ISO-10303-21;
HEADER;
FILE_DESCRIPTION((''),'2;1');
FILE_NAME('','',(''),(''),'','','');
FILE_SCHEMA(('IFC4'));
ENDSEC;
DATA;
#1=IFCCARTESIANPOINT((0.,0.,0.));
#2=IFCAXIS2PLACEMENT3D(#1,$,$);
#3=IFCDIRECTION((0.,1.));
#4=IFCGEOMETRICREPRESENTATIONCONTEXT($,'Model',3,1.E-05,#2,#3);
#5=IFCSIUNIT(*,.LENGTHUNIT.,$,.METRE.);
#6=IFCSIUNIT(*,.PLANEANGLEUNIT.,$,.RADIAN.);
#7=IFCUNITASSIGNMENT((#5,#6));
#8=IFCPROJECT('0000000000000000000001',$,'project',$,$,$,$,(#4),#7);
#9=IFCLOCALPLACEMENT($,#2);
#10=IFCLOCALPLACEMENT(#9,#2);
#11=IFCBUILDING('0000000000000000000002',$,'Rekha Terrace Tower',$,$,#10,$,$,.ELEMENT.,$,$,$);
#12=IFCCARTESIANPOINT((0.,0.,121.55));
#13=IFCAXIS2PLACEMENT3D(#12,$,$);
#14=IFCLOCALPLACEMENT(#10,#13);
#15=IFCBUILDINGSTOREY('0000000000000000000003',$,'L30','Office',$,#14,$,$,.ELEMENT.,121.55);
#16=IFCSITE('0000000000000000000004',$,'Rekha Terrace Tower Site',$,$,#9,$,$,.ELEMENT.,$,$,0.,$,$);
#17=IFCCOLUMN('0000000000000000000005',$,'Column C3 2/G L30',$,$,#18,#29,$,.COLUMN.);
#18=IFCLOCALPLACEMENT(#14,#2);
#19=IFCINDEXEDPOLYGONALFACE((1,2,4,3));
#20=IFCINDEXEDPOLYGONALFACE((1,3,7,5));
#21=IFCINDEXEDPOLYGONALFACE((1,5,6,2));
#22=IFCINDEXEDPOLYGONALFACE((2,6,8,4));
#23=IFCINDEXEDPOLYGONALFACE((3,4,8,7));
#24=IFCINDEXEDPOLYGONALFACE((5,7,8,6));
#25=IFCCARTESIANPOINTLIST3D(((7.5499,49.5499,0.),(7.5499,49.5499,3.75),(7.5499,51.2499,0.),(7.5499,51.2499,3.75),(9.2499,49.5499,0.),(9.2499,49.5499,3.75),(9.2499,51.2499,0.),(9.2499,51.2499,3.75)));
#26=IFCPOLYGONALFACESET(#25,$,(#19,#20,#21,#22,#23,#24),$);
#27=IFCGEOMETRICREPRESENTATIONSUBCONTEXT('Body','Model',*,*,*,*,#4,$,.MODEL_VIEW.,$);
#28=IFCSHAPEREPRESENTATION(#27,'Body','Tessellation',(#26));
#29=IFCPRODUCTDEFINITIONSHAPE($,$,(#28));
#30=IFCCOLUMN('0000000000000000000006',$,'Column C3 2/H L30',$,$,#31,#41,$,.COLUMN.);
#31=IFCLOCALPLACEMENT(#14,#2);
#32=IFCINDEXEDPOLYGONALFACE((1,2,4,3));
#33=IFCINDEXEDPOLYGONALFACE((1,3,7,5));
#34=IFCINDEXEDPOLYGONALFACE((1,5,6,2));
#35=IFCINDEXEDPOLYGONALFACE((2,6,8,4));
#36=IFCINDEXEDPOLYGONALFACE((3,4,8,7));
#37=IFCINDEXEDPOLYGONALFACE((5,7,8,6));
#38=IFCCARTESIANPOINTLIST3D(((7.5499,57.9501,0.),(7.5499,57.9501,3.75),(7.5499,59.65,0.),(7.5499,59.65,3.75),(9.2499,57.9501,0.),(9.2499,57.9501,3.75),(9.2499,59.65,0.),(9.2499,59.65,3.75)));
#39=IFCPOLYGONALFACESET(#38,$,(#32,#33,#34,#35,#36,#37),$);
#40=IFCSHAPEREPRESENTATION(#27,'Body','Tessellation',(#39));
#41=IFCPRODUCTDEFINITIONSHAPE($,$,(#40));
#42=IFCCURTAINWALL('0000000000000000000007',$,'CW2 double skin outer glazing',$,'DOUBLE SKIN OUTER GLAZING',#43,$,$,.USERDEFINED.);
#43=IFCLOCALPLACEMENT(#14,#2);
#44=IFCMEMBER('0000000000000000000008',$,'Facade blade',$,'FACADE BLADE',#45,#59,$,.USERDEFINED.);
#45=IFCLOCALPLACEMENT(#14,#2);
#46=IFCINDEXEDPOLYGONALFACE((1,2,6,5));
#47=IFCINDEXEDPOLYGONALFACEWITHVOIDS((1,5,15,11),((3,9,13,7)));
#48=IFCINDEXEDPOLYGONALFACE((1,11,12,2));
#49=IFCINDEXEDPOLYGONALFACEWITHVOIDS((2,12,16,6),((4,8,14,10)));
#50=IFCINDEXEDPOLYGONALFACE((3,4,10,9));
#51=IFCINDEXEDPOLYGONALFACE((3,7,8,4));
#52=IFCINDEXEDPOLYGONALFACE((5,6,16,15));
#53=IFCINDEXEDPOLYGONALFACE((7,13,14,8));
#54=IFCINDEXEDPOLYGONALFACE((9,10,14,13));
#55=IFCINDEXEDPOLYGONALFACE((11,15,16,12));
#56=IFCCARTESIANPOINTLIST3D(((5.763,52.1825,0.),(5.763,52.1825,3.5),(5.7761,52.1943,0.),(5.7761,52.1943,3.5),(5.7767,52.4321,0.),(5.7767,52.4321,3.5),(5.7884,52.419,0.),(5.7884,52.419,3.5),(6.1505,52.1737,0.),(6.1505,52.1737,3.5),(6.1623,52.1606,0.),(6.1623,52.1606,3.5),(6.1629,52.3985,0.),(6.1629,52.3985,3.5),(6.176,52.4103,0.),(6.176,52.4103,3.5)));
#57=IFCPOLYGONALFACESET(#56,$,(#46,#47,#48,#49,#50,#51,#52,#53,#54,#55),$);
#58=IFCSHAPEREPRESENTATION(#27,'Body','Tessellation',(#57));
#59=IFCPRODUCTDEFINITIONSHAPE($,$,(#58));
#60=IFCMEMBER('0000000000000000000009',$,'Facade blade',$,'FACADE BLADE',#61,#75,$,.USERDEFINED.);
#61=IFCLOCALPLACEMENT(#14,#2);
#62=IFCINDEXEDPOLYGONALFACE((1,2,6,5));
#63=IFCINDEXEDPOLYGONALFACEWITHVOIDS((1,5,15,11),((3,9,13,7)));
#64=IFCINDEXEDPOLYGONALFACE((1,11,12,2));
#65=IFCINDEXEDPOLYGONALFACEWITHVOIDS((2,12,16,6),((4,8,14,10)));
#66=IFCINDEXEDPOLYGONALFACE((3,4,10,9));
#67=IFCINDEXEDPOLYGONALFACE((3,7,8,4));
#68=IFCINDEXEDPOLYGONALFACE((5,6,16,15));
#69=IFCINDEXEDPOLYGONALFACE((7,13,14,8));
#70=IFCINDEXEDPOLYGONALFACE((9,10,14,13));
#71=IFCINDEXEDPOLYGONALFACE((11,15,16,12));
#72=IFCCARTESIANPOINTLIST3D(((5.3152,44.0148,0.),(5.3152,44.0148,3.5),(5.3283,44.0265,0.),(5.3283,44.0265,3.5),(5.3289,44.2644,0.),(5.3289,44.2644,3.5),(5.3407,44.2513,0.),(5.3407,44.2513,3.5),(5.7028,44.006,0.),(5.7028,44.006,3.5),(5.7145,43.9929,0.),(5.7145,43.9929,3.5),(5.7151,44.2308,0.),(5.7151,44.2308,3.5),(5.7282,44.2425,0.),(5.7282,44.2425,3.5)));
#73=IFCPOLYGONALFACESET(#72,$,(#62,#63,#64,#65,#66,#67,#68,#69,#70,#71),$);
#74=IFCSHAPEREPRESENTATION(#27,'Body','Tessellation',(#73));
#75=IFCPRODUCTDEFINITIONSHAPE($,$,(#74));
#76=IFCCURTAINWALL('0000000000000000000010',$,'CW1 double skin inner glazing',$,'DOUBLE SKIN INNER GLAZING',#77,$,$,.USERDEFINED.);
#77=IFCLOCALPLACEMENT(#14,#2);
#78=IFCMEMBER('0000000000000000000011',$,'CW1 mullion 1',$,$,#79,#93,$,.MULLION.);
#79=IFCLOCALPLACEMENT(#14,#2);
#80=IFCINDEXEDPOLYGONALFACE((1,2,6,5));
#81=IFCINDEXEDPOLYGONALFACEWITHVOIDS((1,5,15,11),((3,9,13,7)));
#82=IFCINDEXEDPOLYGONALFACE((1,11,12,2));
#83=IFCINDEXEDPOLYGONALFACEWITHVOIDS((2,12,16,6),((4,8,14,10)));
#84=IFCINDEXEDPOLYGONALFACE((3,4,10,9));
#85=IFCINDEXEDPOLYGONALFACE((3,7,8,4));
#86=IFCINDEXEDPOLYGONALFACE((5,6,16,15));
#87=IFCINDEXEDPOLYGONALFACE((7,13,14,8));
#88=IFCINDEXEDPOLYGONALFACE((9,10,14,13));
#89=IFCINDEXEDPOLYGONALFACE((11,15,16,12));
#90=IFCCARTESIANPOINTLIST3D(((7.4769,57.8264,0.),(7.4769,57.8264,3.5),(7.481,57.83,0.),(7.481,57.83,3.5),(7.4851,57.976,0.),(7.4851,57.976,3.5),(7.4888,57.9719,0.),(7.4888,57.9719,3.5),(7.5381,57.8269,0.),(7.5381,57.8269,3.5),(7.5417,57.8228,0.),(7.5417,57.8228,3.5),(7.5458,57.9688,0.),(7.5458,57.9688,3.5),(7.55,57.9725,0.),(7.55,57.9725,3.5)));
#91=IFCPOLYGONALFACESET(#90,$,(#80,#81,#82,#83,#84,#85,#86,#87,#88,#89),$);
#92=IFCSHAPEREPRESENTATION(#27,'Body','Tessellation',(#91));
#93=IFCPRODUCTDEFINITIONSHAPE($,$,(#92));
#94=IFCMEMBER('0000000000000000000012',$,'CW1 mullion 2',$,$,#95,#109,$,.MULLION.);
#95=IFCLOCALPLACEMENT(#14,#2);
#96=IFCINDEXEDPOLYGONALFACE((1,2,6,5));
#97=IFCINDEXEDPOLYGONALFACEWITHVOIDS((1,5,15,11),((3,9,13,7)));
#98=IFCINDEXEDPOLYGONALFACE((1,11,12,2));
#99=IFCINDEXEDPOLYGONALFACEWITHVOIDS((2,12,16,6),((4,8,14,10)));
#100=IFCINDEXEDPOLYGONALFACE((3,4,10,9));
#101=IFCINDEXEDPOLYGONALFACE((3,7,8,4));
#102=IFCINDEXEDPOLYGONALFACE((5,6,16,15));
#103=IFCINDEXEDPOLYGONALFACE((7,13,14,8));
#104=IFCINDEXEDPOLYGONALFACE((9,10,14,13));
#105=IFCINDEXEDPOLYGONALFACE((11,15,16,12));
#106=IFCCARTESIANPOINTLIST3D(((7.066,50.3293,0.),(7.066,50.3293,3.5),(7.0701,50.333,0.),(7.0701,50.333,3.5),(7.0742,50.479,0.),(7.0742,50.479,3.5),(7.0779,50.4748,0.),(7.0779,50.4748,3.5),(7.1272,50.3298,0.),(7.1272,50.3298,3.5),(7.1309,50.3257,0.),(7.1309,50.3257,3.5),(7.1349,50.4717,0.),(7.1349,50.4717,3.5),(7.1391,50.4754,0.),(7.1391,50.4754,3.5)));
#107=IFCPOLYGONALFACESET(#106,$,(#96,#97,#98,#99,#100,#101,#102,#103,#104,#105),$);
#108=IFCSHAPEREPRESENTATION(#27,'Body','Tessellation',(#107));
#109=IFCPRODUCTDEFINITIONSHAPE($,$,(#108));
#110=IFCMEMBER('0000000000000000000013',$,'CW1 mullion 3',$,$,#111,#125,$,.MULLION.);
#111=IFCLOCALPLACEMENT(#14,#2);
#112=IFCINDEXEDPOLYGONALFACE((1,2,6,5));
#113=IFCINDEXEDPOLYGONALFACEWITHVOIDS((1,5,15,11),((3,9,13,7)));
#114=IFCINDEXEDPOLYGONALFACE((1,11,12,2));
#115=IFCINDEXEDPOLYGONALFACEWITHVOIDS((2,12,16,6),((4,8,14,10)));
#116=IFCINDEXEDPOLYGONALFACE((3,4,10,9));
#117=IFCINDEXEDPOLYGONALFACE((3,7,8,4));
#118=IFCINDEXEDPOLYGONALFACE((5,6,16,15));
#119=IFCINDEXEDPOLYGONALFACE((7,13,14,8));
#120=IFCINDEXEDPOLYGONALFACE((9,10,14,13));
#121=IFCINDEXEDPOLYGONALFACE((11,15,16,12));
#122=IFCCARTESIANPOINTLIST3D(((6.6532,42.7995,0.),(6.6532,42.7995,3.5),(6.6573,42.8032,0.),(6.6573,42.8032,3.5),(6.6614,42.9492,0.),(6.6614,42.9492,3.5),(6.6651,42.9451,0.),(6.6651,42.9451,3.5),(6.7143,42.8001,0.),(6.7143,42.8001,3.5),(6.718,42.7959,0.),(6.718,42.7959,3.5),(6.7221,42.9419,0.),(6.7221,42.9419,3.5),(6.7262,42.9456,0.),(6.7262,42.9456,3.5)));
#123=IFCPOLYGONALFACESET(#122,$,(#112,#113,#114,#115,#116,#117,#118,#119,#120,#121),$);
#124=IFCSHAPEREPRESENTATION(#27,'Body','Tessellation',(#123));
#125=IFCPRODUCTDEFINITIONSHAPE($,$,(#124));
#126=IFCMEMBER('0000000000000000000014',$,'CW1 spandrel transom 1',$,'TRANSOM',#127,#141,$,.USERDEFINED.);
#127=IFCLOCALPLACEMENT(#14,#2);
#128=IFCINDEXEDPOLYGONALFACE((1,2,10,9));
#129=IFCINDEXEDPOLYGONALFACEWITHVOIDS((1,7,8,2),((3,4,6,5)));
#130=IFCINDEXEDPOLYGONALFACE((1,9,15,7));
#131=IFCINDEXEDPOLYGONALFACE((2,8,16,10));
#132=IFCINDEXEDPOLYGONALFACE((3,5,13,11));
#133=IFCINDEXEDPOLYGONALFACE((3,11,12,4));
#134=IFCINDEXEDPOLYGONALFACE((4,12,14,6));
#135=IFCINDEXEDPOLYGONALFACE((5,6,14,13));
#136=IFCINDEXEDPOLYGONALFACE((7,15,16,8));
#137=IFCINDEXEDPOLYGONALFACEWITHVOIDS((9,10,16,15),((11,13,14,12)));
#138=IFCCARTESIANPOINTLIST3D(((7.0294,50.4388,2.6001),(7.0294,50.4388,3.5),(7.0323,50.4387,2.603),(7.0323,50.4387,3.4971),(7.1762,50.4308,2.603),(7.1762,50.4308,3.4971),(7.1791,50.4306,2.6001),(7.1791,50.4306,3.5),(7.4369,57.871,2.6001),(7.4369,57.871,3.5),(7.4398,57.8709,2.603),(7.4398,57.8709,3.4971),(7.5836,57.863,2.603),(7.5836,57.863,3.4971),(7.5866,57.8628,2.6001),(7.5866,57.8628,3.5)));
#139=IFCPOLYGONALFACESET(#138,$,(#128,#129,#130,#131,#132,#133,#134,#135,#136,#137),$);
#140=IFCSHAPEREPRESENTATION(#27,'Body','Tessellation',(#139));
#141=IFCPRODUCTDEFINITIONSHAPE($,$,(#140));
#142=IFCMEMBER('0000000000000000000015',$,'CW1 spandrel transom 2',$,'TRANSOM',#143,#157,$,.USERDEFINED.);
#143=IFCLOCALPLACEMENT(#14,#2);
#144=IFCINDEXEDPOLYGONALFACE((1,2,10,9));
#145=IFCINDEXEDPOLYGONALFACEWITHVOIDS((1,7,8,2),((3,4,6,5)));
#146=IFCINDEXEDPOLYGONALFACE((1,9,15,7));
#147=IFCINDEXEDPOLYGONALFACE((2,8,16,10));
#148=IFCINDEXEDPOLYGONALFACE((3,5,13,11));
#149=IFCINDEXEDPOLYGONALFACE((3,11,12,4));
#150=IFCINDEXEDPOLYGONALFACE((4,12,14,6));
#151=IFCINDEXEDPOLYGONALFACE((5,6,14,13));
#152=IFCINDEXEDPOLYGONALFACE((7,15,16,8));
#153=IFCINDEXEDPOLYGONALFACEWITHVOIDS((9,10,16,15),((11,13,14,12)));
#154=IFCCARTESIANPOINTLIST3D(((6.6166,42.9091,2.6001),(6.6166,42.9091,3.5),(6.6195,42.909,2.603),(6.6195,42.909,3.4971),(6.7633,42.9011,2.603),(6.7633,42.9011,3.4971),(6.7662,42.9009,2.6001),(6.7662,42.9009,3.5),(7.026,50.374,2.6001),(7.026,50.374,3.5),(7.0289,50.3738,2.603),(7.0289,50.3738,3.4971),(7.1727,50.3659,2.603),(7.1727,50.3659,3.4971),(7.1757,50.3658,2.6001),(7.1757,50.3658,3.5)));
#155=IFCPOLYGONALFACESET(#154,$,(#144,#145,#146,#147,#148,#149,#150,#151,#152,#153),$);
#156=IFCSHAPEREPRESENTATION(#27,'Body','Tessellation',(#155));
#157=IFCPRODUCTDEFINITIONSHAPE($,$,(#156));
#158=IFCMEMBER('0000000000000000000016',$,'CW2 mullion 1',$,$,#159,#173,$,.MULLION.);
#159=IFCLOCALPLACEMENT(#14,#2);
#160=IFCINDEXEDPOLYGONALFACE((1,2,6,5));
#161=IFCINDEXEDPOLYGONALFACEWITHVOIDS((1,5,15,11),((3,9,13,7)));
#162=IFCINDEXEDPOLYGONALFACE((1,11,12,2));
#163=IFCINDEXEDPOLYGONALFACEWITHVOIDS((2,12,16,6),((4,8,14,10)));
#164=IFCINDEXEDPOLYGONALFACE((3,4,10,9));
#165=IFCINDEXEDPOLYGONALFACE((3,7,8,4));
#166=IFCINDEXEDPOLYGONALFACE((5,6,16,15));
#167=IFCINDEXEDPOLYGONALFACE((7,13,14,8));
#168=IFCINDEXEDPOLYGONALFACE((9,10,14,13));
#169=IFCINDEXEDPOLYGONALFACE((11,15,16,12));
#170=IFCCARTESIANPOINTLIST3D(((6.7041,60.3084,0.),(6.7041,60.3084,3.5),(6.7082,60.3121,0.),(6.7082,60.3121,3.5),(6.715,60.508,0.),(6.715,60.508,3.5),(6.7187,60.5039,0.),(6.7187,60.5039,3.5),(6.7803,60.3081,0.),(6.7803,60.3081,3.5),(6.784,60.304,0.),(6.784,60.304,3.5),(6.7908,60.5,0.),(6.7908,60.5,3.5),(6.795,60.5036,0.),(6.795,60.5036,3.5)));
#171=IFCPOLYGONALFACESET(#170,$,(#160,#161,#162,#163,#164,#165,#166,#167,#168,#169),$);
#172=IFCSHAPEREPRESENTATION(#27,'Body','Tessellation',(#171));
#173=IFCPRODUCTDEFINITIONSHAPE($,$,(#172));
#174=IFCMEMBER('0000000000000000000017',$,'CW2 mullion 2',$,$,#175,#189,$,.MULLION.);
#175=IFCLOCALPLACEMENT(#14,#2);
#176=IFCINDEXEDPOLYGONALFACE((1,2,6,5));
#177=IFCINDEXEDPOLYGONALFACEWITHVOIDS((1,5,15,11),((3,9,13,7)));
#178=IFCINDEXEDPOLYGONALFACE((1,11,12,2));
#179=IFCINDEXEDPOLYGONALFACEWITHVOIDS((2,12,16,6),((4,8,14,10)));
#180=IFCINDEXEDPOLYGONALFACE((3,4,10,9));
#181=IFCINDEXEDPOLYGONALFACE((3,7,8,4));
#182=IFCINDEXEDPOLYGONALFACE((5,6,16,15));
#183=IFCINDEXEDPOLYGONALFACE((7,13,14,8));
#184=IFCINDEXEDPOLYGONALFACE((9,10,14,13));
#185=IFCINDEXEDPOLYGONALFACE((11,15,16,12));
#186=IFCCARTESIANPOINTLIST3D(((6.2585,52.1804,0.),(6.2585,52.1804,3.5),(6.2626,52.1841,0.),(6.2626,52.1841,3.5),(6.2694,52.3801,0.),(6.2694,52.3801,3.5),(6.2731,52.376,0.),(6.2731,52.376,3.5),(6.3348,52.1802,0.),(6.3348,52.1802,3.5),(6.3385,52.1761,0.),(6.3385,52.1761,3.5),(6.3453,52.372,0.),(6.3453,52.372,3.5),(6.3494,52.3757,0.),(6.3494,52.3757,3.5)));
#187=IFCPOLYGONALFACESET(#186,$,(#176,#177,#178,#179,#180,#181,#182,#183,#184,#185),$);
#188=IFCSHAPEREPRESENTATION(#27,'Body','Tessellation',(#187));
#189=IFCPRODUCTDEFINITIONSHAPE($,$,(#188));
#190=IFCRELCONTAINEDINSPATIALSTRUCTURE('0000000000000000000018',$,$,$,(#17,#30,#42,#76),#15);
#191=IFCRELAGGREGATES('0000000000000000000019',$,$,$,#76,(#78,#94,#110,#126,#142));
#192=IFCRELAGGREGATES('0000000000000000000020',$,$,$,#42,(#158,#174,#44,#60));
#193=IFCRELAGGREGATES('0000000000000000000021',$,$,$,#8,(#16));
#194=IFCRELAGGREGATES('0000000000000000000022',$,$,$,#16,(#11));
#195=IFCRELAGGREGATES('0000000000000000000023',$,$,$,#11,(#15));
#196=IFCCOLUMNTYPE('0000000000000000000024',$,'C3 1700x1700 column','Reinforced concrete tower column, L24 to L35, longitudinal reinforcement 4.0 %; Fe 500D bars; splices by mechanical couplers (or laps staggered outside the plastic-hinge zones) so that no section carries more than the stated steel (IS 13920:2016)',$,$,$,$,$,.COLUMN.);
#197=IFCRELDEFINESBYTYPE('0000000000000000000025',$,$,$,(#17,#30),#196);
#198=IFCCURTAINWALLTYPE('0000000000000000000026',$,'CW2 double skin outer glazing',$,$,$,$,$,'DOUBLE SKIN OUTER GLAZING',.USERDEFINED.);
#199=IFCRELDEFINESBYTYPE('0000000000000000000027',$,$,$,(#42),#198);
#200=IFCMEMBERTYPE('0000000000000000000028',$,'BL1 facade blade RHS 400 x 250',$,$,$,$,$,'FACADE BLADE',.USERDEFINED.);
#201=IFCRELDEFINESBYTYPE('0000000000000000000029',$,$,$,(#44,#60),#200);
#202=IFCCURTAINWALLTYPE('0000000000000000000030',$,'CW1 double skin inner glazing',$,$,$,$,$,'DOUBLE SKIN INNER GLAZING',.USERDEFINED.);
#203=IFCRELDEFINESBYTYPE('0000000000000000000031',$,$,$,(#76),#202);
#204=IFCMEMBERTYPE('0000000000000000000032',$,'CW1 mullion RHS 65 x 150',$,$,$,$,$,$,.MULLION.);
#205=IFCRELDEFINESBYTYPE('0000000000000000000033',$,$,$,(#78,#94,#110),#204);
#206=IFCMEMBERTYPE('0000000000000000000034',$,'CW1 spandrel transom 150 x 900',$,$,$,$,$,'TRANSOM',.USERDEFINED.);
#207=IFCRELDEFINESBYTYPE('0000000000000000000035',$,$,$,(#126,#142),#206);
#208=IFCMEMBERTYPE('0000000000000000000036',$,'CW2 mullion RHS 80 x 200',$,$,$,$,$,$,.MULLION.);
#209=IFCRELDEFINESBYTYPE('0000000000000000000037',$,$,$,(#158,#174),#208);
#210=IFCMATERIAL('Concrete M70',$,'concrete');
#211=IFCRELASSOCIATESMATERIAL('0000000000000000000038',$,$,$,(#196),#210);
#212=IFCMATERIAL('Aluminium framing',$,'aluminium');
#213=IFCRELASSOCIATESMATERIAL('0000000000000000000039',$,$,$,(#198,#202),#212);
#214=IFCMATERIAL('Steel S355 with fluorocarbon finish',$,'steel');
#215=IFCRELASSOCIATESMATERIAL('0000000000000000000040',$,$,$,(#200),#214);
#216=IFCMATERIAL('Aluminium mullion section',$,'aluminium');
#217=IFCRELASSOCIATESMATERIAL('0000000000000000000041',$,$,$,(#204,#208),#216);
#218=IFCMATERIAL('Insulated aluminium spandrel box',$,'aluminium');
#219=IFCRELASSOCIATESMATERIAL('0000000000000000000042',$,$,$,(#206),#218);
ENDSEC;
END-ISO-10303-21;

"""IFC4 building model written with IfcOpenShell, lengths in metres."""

from ifc_helpers import new_model, si_unit, direction, frame, origin, origin_2d, place, context, subcontext, project, spatial, rectangle, hollow_rectangle, extrude, material, material_profile, profile_set, type_object, element, aggregate, save


model = new_model("IFC4")

# Units and contexts
model_context = context("Model", 3, precision=1e-05, world=origin(), true_north=direction((0.0, 1.0)))
body_context = subcontext(model_context, "Body", "Model", "MODEL_VIEW")
ifc_project = project(units=[si_unit("LENGTHUNIT", "METRE"), si_unit("PLANEANGLEUNIT", "RADIAN")], contexts=[model_context])

# Site, building, storey
site_placement = place(None, origin())
site = spatial("IfcSite", under=ifc_project, at=site_placement, Name="Rekha Terrace Tower Site", CompositionType="ELEMENT", RefElevation=0.0)
building_placement = place(site_placement, origin())
building = spatial("IfcBuilding", under=site, at=building_placement, Name="Rekha Terrace Tower", CompositionType="ELEMENT")
storey_placement = place(building_placement, frame((0.0, 0.0, 121.55)))
storey = spatial("IfcBuildingStorey", under=building, at=storey_placement, Name="L30", Description="Office", CompositionType="ELEMENT", Elevation=121.55)

# Columns
ifc_material_1 = material(Name="Concrete M70", Category="concrete")
ifc_material_profile_1 = material_profile(ifc_material_1, rectangle(XDim=1.7, YDim=1.7, at=origin_2d()), Name="RC 1700x1700")
ifc_profile_set_1 = profile_set([ifc_material_profile_1], Name="Concrete M70")
column_type = type_object("IfcColumnType", Name="C3 1700x1700 column", Description="Reinforced concrete tower column, L24 to L35, longitudinal reinforcement 4.0 %; Fe 500D bars; splices by mechanical couplers (or laps staggered outside the plastic-hinge zones) so that no section carries more than the stated steel (IS 13920:2016)", PredefinedType="COLUMN", material=ifc_profile_set_1)
for number, where, z_axis, x_axis, name in (
    (1, (8.3999, 50.3999, 0.0), (0.0, 0.0, 1.0), (1.0, 0.0, 0.0), "Column C3 2/G L30"),
    (2, (8.3999, 58.8, 0.0), (0.0, 0.0, 1.0), (1.0, 0.0, 0.0), "Column C3 2/H L30"),
):
    element("IfcColumn", number, at=place(storey_placement, frame(where, z_axis=z_axis, x_axis=x_axis)), inside=storey, type_object=column_type, Name=name, PredefinedType="COLUMN", context=body_context, shape_type="SweptSolid", body=[
        extrude(rectangle(XDim=1.7, YDim=1.7, at=origin_2d()), origin(), (0.0, 0.0, 1.0), 3.75),
    ])

# Curtain walls, members
ifc_material_2 = material(Name="Aluminium framing", Category="aluminium")
curtain_wall_type_1 = type_object("IfcCurtainWallType", Name="CW2 double skin outer glazing", ElementType="DOUBLE SKIN OUTER GLAZING", PredefinedType="USERDEFINED", material=ifc_material_2)
curtain_wall_1_placement = place(storey_placement, origin())
curtain_wall_1 = element("IfcCurtainWall", 3, at=curtain_wall_1_placement, inside=storey, type_object=curtain_wall_type_1, Name="CW2 double skin outer glazing", ObjectType="DOUBLE SKIN OUTER GLAZING", PredefinedType="USERDEFINED")
ifc_material_3 = material(Name="Steel S355 with fluorocarbon finish", Category="steel")
ifc_material_profile_2 = material_profile(ifc_material_3, hollow_rectangle(XDim=0.25, YDim=0.3999, WallThickness=0.0125, at=origin_2d()), Name="RHS400x250x12.5")
ifc_profile_set_2 = profile_set([ifc_material_profile_2], Name="Steel S355 with fluorocarbon finish")
member_type_1 = type_object("IfcMemberType", Name="BL1 facade blade RHS 400 x 250", ElementType="FACADE BLADE", PredefinedType="USERDEFINED", material=ifc_profile_set_2)
member_1_placement = place(storey_placement, frame((5.9695, 52.2964, 0.0), z_axis=(0.0, 0.0, 1.0), x_axis=(-0.054743, -0.9985, 0.0)))
member_1 = element("IfcMember", 4, at=member_1_placement, type_object=member_type_1, Name="Facade blade", ObjectType="FACADE BLADE", PredefinedType="USERDEFINED", context=body_context, shape_type="SweptSolid", body=[
    extrude(hollow_rectangle(XDim=0.25, YDim=0.3999, WallThickness=0.0125, at=origin_2d()), origin(), (0.0, 0.0, 1.0), 3.5),
])
member_2_placement = place(storey_placement, frame((5.5217, 44.1287, 0.0), z_axis=(0.0, 0.0, 1.0), x_axis=(-0.054743, -0.9985, 0.0)))
member_2 = element("IfcMember", 5, at=member_2_placement, type_object=member_type_1, Name="Facade blade", ObjectType="FACADE BLADE", PredefinedType="USERDEFINED", context=body_context, shape_type="SweptSolid", body=[
    extrude(hollow_rectangle(XDim=0.25, YDim=0.3999, WallThickness=0.0125, at=origin_2d()), origin(), (0.0, 0.0, 1.0), 3.5),
])
curtain_wall_type_2 = type_object("IfcCurtainWallType", Name="CW1 double skin inner glazing", ElementType="DOUBLE SKIN INNER GLAZING", PredefinedType="USERDEFINED", material=ifc_material_2)
curtain_wall_2_placement = place(storey_placement, origin())
curtain_wall_2 = element("IfcCurtainWall", 6, at=curtain_wall_2_placement, inside=storey, type_object=curtain_wall_type_2, Name="CW1 double skin inner glazing", ObjectType="DOUBLE SKIN INNER GLAZING", PredefinedType="USERDEFINED")
ifc_material_4 = material(Name="Aluminium mullion section", Category="aluminium")
ifc_material_profile_3 = material_profile(ifc_material_4, hollow_rectangle(XDim=0.0649, YDim=0.1499, WallThickness=0.0039, at=origin_2d()), Name="AL RHS 65x150")
ifc_profile_set_3 = profile_set([ifc_material_profile_3], Name="Aluminium mullion section")
member_type_2 = type_object("IfcMemberType", Name="CW1 mullion RHS 65 x 150", PredefinedType="MULLION", material=ifc_profile_set_3)
member_3_placement = place(storey_placement, frame((7.5134, 57.8994, 0.0), z_axis=(0.0, 0.0, 1.0), x_axis=(0.998501, -0.054742, 0.0)))
member_3 = element("IfcMember", 7, at=member_3_placement, type_object=member_type_2, Name="CW1 mullion 1", PredefinedType="MULLION", context=body_context, shape_type="SweptSolid", body=[
    extrude(hollow_rectangle(XDim=0.0649, YDim=0.1499, WallThickness=0.0039, at=origin_2d()), origin(), (0.0, 0.0, 1.0), 3.5),
])
member_4_placement = place(storey_placement, frame((7.1025, 50.4023, 0.0), z_axis=(0.0, 0.0, 1.0), x_axis=(0.998501, -0.054742, 0.0)))
member_4 = element("IfcMember", 8, at=member_4_placement, type_object=member_type_2, Name="CW1 mullion 2", PredefinedType="MULLION", context=body_context, shape_type="SweptSolid", body=[
    extrude(hollow_rectangle(XDim=0.0649, YDim=0.1499, WallThickness=0.0039, at=origin_2d()), origin(), (0.0, 0.0, 1.0), 3.5),
])
member_5_placement = place(storey_placement, frame((6.6897, 42.8726, 0.0), z_axis=(0.0, 0.0, 1.0), x_axis=(0.998501, -0.054742, 0.0)))
member_5 = element("IfcMember", 9, at=member_5_placement, type_object=member_type_2, Name="CW1 mullion 3", PredefinedType="MULLION", context=body_context, shape_type="SweptSolid", body=[
    extrude(hollow_rectangle(XDim=0.0649, YDim=0.1499, WallThickness=0.0039, at=origin_2d()), origin(), (0.0, 0.0, 1.0), 3.5),
])
ifc_material_5 = material(Name="Insulated aluminium spandrel box", Category="aluminium")
ifc_material_profile_4 = material_profile(ifc_material_5, hollow_rectangle(XDim=0.1499, YDim=0.8999, WallThickness=0.0029, at=origin_2d()), Name="AL SPANDREL BOX 150x900")
ifc_profile_set_4 = profile_set([ifc_material_profile_4], Name="Insulated aluminium spandrel box")
member_type_3 = type_object("IfcMemberType", Name="CW1 spandrel transom 150 x 900", ElementType="TRANSOM", PredefinedType="USERDEFINED", material=ifc_profile_set_4)
member_6_placement = place(storey_placement, frame((7.5117, 57.8669, 3.05), z_axis=(-0.054743, -0.9985, 0.0), x_axis=(0.9985, -0.054743, 0.0)))
member_6 = element("IfcMember", 10, at=member_6_placement, type_object=member_type_3, Name="CW1 spandrel transom 1", ObjectType="TRANSOM", PredefinedType="USERDEFINED", context=body_context, shape_type="SweptSolid", body=[
    extrude(hollow_rectangle(XDim=0.1499, YDim=0.8999, WallThickness=0.0029, at=origin_2d()), origin(), (0.0, 0.0, 1.0), 7.4434),
])
member_7_placement = place(storey_placement, frame((7.1008, 50.3699, 3.05), z_axis=(-0.054765, -0.998499, 0.0), x_axis=(0.998499, -0.054765, 0.0)))
member_7 = element("IfcMember", 11, at=member_7_placement, type_object=member_type_3, Name="CW1 spandrel transom 2", ObjectType="TRANSOM", PredefinedType="USERDEFINED", context=body_context, shape_type="SweptSolid", body=[
    extrude(hollow_rectangle(XDim=0.1499, YDim=0.8999, WallThickness=0.0029, at=origin_2d()), origin(), (0.0, 0.0, 1.0), 7.4761),
])

# Members
ifc_material_profile_5 = material_profile(ifc_material_4, hollow_rectangle(XDim=0.0801, YDim=0.2, WallThickness=0.0039, at=origin_2d()), Name="AL RHS 80x200")
ifc_profile_set_5 = profile_set([ifc_material_profile_5], Name="Aluminium mullion section")
member_type_4 = type_object("IfcMemberType", Name="CW2 mullion RHS 80 x 200", PredefinedType="MULLION", material=ifc_profile_set_5)
member_8_placement = place(storey_placement, frame((6.7495, 60.406, 0.0), z_axis=(0.0, 0.0, 1.0), x_axis=(0.998501, -0.054742, 0.0)))
member_8 = element("IfcMember", 12, at=member_8_placement, type_object=member_type_4, Name="CW2 mullion 1", PredefinedType="MULLION", context=body_context, shape_type="SweptSolid", body=[
    extrude(hollow_rectangle(XDim=0.0801, YDim=0.2, WallThickness=0.0039, at=origin_2d()), origin(), (0.0, 0.0, 1.0), 3.5),
])
member_9_placement = place(storey_placement, frame((6.304, 52.2781, 0.0), z_axis=(0.0, 0.0, 1.0), x_axis=(0.998501, -0.054742, 0.0)))
member_9 = element("IfcMember", 13, at=member_9_placement, type_object=member_type_4, Name="CW2 mullion 2", PredefinedType="MULLION", context=body_context, shape_type="SweptSolid", body=[
    extrude(hollow_rectangle(XDim=0.0801, YDim=0.2, WallThickness=0.0039, at=origin_2d()), origin(), (0.0, 0.0, 1.0), 3.5),
])

aggregate(curtain_wall_2, [member_3, member_4, member_5, member_6, member_7])
aggregate(curtain_wall_1, [member_8, member_9, member_1, member_2])

save(model, "model.ifc")
